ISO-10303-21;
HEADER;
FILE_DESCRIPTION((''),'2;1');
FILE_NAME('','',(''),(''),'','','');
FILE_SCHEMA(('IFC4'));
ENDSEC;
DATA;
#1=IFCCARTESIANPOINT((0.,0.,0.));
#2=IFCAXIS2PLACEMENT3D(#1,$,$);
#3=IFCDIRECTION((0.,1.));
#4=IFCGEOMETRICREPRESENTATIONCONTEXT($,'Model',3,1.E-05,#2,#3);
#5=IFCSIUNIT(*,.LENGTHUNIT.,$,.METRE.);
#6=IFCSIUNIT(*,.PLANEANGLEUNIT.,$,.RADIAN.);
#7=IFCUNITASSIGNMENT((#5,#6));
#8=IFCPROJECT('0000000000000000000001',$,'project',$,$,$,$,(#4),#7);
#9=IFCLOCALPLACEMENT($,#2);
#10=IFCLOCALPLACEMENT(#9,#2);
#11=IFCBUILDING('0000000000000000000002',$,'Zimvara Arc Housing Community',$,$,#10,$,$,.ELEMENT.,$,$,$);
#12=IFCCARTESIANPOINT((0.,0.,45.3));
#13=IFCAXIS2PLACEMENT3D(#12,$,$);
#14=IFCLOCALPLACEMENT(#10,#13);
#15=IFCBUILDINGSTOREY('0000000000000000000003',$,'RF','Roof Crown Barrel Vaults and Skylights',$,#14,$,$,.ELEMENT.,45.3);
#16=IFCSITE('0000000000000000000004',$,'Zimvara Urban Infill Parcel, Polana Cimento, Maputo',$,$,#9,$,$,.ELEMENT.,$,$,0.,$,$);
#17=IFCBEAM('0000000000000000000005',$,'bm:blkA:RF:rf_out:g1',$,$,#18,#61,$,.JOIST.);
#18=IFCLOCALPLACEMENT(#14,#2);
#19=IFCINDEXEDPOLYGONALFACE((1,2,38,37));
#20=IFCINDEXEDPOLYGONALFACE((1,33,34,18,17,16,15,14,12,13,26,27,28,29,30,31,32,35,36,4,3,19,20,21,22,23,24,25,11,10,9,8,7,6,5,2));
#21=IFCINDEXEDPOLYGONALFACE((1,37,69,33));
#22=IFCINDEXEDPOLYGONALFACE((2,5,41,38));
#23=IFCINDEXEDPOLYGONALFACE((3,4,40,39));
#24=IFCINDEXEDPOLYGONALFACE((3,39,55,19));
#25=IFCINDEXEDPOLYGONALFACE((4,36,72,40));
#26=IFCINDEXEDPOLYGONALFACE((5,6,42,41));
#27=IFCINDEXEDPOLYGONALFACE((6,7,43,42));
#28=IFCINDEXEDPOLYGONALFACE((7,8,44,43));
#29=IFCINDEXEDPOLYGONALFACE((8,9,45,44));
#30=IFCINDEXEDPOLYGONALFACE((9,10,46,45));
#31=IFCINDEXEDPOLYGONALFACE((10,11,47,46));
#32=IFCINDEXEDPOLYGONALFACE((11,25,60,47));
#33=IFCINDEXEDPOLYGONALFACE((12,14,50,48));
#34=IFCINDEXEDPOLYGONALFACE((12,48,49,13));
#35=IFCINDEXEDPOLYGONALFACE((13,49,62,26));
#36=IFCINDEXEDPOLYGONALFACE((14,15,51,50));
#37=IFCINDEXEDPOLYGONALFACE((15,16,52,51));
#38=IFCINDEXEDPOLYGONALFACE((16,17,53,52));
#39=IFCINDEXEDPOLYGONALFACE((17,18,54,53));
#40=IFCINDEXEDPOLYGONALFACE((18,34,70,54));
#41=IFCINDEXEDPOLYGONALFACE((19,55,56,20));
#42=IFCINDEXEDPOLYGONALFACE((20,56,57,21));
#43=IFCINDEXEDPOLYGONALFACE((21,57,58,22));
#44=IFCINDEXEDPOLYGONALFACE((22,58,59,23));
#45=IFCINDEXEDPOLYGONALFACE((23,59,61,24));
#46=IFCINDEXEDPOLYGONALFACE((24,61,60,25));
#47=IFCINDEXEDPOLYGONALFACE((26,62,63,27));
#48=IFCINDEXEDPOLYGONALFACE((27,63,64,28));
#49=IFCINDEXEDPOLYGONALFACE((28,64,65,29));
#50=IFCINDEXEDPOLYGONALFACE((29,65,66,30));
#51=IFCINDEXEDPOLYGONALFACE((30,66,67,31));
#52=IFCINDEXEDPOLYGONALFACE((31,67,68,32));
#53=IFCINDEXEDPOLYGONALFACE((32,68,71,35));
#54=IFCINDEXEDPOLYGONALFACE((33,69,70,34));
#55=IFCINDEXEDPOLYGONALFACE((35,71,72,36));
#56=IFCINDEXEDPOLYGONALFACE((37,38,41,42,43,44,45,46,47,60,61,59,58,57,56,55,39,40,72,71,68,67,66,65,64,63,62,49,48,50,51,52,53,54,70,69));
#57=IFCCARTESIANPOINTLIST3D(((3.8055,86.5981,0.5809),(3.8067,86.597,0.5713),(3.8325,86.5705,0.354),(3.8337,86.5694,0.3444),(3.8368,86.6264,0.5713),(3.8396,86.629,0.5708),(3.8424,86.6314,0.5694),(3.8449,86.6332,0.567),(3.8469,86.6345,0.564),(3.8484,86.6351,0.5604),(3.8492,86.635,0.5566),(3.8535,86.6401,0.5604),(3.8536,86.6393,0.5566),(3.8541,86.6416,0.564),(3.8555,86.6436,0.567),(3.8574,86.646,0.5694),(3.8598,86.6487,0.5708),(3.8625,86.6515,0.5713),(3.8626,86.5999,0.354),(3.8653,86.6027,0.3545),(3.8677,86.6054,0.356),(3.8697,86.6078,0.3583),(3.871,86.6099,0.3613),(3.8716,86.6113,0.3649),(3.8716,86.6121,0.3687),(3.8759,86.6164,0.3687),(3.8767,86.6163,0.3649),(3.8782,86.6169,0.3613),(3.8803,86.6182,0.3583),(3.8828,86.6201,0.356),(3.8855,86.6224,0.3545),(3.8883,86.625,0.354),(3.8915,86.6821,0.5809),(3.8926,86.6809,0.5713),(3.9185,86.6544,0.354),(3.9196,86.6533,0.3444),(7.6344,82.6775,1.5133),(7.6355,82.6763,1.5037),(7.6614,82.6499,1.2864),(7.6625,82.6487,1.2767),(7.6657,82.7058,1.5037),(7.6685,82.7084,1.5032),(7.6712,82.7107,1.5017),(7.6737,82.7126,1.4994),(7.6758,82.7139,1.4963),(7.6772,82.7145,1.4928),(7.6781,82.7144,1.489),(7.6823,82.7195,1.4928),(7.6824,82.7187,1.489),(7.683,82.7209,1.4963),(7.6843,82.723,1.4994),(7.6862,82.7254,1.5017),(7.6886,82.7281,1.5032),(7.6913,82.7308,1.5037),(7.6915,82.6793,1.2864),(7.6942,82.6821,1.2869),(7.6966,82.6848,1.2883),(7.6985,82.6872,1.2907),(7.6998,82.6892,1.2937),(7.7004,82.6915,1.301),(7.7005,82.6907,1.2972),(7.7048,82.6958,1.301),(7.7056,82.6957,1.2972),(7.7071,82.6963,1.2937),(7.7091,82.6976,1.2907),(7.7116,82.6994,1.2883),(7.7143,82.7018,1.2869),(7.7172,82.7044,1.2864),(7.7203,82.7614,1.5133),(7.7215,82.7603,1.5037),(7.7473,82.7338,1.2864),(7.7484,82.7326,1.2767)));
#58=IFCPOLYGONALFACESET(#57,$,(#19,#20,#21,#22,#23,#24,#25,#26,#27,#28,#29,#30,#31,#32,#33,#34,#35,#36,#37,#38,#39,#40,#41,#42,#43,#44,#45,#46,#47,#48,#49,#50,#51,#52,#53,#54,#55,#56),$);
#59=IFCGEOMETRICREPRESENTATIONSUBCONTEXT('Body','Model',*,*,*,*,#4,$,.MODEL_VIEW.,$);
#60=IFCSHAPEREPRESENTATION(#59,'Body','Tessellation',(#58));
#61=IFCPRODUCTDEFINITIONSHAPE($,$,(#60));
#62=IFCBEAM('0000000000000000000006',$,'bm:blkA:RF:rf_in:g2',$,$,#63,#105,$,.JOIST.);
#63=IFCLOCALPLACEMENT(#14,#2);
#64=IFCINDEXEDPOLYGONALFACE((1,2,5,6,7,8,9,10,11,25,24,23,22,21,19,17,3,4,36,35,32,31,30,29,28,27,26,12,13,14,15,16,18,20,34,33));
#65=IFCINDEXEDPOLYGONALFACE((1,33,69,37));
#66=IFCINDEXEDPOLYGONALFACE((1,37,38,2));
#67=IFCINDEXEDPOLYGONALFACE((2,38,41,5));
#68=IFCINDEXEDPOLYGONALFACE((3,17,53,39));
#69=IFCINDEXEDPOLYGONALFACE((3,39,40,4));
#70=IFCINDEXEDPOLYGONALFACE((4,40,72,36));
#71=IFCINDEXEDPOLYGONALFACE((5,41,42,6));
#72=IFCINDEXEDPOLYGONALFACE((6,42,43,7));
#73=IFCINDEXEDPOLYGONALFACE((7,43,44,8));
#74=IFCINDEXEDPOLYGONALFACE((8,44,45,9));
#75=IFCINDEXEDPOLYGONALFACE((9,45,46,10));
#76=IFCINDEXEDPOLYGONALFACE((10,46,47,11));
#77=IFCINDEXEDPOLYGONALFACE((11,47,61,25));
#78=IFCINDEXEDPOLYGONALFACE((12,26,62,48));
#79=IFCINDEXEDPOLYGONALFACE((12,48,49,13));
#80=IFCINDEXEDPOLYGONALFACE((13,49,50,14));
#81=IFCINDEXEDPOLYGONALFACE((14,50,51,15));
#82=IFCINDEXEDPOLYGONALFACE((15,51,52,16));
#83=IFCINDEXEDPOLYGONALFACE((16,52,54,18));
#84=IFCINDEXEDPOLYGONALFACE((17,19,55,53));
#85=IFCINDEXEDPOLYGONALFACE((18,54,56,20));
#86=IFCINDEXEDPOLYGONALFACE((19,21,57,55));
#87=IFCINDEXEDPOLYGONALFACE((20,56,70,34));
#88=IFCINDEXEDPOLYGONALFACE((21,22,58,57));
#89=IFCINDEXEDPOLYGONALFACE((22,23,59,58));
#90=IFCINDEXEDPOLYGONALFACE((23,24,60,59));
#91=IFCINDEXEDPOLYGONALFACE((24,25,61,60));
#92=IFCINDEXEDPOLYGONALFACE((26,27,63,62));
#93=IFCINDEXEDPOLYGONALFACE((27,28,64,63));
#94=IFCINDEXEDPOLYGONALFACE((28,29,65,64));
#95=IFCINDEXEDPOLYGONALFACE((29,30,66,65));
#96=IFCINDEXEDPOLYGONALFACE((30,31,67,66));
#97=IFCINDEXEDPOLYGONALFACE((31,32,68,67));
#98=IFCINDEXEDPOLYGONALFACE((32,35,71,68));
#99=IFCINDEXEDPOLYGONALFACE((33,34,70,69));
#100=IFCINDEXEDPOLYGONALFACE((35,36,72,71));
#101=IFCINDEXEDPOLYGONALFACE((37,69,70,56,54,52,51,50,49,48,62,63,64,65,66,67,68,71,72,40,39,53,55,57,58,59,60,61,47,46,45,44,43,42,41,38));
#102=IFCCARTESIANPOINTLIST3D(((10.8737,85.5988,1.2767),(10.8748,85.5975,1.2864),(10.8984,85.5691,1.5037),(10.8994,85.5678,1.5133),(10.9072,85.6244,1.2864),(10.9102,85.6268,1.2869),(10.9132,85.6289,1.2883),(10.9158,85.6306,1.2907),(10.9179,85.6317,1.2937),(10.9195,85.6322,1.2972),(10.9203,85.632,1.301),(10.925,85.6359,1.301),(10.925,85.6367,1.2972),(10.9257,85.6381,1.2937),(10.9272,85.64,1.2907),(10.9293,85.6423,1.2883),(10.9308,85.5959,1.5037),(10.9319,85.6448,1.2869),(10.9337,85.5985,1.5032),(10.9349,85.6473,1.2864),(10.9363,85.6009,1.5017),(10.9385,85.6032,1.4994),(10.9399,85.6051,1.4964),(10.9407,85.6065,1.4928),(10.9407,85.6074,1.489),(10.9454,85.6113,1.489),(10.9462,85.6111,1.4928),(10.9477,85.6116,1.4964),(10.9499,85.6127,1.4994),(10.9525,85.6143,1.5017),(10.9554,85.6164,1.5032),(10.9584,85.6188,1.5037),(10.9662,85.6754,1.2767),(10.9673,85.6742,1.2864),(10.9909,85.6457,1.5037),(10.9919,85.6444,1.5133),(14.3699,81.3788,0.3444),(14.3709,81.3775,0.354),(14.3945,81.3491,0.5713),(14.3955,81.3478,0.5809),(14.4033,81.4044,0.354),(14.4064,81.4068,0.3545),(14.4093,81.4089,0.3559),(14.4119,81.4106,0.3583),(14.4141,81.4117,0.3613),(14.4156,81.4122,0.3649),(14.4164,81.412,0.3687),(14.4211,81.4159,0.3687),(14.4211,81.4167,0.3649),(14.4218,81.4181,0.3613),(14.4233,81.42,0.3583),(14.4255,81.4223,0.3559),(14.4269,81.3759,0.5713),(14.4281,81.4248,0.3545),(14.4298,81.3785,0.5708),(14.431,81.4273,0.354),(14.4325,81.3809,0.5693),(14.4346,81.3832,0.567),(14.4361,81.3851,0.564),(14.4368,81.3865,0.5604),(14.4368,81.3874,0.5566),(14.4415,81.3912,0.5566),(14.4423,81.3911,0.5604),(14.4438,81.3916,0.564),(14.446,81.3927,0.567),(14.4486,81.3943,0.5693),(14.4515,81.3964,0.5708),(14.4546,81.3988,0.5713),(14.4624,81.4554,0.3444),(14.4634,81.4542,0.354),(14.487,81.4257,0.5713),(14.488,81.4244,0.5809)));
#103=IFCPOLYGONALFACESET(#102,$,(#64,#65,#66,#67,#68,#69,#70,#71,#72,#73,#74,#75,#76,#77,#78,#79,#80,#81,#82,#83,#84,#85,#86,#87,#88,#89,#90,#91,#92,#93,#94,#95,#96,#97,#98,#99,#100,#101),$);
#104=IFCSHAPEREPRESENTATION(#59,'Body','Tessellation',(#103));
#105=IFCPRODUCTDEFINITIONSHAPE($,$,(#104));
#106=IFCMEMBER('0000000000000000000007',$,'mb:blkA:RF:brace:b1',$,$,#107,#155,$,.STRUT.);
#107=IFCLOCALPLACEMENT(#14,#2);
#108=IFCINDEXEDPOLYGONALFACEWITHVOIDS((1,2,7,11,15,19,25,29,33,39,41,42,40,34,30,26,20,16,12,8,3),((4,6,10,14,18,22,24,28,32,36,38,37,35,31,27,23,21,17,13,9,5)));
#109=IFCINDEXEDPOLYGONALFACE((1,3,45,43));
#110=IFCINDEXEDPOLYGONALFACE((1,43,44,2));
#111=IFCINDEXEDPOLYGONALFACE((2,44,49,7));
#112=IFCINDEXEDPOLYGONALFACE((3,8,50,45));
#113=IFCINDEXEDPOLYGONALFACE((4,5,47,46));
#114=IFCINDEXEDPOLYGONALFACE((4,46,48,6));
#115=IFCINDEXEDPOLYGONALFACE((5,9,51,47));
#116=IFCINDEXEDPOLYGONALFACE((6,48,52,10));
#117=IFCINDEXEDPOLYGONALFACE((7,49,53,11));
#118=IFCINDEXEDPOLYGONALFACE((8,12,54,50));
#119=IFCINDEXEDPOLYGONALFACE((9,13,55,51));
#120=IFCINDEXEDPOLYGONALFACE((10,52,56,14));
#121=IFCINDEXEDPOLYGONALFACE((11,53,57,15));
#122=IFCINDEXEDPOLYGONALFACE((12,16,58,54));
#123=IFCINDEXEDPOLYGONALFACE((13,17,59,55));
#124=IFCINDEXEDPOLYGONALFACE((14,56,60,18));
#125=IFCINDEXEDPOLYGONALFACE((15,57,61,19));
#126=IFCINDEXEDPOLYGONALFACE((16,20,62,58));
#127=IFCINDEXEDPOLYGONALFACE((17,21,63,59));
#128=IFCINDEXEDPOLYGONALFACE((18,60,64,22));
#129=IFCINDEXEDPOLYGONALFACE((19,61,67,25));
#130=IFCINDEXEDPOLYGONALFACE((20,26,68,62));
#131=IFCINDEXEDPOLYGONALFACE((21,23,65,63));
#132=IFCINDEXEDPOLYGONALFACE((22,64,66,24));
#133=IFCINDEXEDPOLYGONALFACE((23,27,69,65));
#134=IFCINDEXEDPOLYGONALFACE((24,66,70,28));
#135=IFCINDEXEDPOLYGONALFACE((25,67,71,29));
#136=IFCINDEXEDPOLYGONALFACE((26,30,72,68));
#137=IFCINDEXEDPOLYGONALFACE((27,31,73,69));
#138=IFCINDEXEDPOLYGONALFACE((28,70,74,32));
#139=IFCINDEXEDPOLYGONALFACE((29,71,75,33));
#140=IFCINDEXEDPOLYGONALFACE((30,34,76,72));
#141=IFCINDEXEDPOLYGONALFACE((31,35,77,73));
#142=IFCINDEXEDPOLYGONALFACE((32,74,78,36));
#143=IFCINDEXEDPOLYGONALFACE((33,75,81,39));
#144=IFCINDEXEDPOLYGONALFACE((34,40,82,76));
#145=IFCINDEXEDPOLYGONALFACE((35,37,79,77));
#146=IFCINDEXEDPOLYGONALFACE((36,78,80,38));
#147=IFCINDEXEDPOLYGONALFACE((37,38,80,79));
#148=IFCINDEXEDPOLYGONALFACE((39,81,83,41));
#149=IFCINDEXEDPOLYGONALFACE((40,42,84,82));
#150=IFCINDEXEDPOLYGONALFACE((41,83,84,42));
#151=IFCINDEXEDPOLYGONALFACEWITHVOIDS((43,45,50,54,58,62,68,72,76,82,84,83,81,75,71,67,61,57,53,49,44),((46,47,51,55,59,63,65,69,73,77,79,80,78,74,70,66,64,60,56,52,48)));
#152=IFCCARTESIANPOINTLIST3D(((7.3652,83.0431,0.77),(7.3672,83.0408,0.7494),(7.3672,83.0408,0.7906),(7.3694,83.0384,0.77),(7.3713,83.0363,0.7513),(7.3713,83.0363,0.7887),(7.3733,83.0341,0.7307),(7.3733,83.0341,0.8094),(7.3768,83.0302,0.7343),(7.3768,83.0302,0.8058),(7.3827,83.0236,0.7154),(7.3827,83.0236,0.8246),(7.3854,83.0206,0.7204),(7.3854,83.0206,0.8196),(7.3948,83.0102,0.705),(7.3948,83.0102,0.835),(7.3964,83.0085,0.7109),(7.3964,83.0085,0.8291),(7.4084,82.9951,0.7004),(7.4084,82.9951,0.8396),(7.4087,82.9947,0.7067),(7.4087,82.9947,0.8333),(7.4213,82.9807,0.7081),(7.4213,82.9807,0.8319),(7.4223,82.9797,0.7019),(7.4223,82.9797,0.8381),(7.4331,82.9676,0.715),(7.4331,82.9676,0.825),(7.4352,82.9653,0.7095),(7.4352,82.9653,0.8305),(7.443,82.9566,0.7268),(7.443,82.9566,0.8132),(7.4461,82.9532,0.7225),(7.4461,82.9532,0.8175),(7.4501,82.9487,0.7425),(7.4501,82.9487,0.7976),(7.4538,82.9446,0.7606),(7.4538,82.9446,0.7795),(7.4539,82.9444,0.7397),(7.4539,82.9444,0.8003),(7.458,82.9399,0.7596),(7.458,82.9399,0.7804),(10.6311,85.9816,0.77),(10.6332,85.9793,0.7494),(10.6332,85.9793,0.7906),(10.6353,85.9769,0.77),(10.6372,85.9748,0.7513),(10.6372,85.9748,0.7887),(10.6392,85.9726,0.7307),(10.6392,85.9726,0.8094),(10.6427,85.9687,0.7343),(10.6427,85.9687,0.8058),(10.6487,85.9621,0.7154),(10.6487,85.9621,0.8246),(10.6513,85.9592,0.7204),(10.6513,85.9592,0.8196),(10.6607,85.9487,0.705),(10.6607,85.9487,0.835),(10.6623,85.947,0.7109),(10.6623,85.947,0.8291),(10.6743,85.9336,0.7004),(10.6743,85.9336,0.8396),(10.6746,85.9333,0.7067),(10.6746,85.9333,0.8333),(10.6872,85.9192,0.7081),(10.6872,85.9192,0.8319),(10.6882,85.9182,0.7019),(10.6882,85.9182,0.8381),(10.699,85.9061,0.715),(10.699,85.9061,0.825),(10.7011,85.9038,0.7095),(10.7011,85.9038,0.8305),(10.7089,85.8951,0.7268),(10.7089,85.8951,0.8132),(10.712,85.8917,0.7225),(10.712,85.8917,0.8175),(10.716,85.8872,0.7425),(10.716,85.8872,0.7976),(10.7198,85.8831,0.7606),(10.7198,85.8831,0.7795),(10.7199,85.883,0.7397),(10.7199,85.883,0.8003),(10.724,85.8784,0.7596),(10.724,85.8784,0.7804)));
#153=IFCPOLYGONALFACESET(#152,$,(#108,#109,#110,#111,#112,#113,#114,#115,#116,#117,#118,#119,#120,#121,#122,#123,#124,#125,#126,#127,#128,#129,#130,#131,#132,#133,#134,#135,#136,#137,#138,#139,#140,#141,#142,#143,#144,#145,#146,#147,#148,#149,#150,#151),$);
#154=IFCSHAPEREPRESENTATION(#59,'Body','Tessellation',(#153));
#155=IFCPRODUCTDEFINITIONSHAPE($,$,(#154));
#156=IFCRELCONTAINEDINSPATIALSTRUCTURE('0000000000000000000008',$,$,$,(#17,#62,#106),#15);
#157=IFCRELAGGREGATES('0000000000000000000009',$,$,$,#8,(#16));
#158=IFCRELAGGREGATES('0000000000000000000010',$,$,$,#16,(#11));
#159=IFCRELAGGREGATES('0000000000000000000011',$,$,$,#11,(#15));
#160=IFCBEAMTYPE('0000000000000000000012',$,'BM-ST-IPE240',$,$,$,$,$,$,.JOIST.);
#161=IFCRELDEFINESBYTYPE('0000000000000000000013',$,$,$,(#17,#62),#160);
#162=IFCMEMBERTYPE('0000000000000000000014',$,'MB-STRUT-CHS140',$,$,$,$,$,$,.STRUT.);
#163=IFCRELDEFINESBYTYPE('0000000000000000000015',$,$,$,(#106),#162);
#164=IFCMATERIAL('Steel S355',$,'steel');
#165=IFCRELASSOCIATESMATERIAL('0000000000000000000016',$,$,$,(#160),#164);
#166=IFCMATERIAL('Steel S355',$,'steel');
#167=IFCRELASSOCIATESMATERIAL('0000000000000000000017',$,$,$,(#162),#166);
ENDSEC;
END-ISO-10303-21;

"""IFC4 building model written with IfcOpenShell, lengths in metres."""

from ifc_helpers import new_model, si_unit, direction, frame, origin, origin_2d, place, context, subcontext, project, spatial, hollow_circle, i_section, extrude, material, material_profile, profile_set, type_object, element, save


model = new_model("IFC4")

# Units and contexts
model_context = context("Model", 3, precision=1e-05, world=origin(), true_north=direction((0.0, 1.0)))
body_context = subcontext(model_context, "Body", "Model", "MODEL_VIEW")
ifc_project = project(units=[si_unit("LENGTHUNIT", "METRE"), si_unit("PLANEANGLEUNIT", "RADIAN")], contexts=[model_context])

# Site, building, storey
site_placement = place(None, origin())
site = spatial("IfcSite", under=ifc_project, at=site_placement, Name="Zimvara Urban Infill Parcel, Polana Cimento, Maputo", CompositionType="ELEMENT", RefElevation=0.0)
building_placement = place(site_placement, origin())
building = spatial("IfcBuilding", under=site, at=building_placement, Name="Zimvara Arc Housing Community", CompositionType="ELEMENT")
storey_placement = place(building_placement, frame((0.0, 0.0, 45.3)))
storey = spatial("IfcBuildingStorey", under=building, at=storey_placement, Name="RF", Description="Roof Crown Barrel Vaults and Skylights", CompositionType="ELEMENT", Elevation=45.3)

# Beams
ifc_material_1 = material(Name="Steel S355", Category="steel")
ifc_material_profile_1 = material_profile(ifc_material_1, i_section(OverallWidth=0.1201, OverallDepth=0.24, WebThickness=0.0061, FlangeThickness=0.0098, FilletRadius=0.0149, at=origin_2d()), Name="IPE 240")
ifc_profile_set_1 = profile_set([ifc_material_profile_1], Name="Steel S355")
beam_type_1 = type_object("IfcBeamType", Name="BM-ST-IPE240", PredefinedType="JOIST", material=ifc_profile_set_1)
for number, where, z_axis, x_axis, name in (
    (1, (7.6914, 82.7051, 1.395), (-0.688784, 0.705297, -0.167727), (-0.715433, -0.698682, 0.0), "bm:blkA:RF:rf_out:g1"),
    (2, (14.429, 81.4016, 0.4626), (-0.628931, 0.759153, 0.16773), (-0.770062, -0.637969, 0.0), "bm:blkA:RF:rf_in:g2"),
):
    element("IfcBeam", number, at=place(storey_placement, frame(where, z_axis=z_axis, x_axis=x_axis)), inside=storey, type_object=beam_type_1, Name=name, PredefinedType="JOIST", context=body_context, shape_type="SweptSolid", body=[
        extrude(i_section(OverallWidth=0.1201, OverallDepth=0.24, WebThickness=0.0061, FlangeThickness=0.0098, FilletRadius=0.0149, at=origin_2d()), origin(), (0.0, 0.0, 1.0), 5.5588),
    ])

# Member
ifc_material_2 = material(Name="Steel S355", Category="steel")
ifc_material_profile_2 = material_profile(ifc_material_2, hollow_circle(Radius=0.0698, WallThickness=0.0063, at=origin_2d()), Name="CHS 139.7x6.3")
ifc_profile_set_2 = profile_set([ifc_material_profile_2], Name="Steel S355")
member_type_1 = type_object("IfcMemberType", Name="MB-STRUT-CHS140", PredefinedType="STRUT", material=ifc_profile_set_2)
member_1_placement = place(storey_placement, frame((7.4119, 82.9912, 0.77), z_axis=(0.743385, 0.668863, 0.0), x_axis=(-0.668863, 0.743385, 0.0)))
element("IfcMember", 3, at=member_1_placement, inside=storey, type_object=member_type_1, Name="mb:blkA:RF:brace:b1", PredefinedType="STRUT", context=body_context, shape_type="SweptSolid", body=[
    extrude(hollow_circle(Radius=0.0698, WallThickness=0.0063, at=origin_2d()), origin(), (0.0, 0.0, 1.0), 4.3933),
])

save(model, "model.ifc")
